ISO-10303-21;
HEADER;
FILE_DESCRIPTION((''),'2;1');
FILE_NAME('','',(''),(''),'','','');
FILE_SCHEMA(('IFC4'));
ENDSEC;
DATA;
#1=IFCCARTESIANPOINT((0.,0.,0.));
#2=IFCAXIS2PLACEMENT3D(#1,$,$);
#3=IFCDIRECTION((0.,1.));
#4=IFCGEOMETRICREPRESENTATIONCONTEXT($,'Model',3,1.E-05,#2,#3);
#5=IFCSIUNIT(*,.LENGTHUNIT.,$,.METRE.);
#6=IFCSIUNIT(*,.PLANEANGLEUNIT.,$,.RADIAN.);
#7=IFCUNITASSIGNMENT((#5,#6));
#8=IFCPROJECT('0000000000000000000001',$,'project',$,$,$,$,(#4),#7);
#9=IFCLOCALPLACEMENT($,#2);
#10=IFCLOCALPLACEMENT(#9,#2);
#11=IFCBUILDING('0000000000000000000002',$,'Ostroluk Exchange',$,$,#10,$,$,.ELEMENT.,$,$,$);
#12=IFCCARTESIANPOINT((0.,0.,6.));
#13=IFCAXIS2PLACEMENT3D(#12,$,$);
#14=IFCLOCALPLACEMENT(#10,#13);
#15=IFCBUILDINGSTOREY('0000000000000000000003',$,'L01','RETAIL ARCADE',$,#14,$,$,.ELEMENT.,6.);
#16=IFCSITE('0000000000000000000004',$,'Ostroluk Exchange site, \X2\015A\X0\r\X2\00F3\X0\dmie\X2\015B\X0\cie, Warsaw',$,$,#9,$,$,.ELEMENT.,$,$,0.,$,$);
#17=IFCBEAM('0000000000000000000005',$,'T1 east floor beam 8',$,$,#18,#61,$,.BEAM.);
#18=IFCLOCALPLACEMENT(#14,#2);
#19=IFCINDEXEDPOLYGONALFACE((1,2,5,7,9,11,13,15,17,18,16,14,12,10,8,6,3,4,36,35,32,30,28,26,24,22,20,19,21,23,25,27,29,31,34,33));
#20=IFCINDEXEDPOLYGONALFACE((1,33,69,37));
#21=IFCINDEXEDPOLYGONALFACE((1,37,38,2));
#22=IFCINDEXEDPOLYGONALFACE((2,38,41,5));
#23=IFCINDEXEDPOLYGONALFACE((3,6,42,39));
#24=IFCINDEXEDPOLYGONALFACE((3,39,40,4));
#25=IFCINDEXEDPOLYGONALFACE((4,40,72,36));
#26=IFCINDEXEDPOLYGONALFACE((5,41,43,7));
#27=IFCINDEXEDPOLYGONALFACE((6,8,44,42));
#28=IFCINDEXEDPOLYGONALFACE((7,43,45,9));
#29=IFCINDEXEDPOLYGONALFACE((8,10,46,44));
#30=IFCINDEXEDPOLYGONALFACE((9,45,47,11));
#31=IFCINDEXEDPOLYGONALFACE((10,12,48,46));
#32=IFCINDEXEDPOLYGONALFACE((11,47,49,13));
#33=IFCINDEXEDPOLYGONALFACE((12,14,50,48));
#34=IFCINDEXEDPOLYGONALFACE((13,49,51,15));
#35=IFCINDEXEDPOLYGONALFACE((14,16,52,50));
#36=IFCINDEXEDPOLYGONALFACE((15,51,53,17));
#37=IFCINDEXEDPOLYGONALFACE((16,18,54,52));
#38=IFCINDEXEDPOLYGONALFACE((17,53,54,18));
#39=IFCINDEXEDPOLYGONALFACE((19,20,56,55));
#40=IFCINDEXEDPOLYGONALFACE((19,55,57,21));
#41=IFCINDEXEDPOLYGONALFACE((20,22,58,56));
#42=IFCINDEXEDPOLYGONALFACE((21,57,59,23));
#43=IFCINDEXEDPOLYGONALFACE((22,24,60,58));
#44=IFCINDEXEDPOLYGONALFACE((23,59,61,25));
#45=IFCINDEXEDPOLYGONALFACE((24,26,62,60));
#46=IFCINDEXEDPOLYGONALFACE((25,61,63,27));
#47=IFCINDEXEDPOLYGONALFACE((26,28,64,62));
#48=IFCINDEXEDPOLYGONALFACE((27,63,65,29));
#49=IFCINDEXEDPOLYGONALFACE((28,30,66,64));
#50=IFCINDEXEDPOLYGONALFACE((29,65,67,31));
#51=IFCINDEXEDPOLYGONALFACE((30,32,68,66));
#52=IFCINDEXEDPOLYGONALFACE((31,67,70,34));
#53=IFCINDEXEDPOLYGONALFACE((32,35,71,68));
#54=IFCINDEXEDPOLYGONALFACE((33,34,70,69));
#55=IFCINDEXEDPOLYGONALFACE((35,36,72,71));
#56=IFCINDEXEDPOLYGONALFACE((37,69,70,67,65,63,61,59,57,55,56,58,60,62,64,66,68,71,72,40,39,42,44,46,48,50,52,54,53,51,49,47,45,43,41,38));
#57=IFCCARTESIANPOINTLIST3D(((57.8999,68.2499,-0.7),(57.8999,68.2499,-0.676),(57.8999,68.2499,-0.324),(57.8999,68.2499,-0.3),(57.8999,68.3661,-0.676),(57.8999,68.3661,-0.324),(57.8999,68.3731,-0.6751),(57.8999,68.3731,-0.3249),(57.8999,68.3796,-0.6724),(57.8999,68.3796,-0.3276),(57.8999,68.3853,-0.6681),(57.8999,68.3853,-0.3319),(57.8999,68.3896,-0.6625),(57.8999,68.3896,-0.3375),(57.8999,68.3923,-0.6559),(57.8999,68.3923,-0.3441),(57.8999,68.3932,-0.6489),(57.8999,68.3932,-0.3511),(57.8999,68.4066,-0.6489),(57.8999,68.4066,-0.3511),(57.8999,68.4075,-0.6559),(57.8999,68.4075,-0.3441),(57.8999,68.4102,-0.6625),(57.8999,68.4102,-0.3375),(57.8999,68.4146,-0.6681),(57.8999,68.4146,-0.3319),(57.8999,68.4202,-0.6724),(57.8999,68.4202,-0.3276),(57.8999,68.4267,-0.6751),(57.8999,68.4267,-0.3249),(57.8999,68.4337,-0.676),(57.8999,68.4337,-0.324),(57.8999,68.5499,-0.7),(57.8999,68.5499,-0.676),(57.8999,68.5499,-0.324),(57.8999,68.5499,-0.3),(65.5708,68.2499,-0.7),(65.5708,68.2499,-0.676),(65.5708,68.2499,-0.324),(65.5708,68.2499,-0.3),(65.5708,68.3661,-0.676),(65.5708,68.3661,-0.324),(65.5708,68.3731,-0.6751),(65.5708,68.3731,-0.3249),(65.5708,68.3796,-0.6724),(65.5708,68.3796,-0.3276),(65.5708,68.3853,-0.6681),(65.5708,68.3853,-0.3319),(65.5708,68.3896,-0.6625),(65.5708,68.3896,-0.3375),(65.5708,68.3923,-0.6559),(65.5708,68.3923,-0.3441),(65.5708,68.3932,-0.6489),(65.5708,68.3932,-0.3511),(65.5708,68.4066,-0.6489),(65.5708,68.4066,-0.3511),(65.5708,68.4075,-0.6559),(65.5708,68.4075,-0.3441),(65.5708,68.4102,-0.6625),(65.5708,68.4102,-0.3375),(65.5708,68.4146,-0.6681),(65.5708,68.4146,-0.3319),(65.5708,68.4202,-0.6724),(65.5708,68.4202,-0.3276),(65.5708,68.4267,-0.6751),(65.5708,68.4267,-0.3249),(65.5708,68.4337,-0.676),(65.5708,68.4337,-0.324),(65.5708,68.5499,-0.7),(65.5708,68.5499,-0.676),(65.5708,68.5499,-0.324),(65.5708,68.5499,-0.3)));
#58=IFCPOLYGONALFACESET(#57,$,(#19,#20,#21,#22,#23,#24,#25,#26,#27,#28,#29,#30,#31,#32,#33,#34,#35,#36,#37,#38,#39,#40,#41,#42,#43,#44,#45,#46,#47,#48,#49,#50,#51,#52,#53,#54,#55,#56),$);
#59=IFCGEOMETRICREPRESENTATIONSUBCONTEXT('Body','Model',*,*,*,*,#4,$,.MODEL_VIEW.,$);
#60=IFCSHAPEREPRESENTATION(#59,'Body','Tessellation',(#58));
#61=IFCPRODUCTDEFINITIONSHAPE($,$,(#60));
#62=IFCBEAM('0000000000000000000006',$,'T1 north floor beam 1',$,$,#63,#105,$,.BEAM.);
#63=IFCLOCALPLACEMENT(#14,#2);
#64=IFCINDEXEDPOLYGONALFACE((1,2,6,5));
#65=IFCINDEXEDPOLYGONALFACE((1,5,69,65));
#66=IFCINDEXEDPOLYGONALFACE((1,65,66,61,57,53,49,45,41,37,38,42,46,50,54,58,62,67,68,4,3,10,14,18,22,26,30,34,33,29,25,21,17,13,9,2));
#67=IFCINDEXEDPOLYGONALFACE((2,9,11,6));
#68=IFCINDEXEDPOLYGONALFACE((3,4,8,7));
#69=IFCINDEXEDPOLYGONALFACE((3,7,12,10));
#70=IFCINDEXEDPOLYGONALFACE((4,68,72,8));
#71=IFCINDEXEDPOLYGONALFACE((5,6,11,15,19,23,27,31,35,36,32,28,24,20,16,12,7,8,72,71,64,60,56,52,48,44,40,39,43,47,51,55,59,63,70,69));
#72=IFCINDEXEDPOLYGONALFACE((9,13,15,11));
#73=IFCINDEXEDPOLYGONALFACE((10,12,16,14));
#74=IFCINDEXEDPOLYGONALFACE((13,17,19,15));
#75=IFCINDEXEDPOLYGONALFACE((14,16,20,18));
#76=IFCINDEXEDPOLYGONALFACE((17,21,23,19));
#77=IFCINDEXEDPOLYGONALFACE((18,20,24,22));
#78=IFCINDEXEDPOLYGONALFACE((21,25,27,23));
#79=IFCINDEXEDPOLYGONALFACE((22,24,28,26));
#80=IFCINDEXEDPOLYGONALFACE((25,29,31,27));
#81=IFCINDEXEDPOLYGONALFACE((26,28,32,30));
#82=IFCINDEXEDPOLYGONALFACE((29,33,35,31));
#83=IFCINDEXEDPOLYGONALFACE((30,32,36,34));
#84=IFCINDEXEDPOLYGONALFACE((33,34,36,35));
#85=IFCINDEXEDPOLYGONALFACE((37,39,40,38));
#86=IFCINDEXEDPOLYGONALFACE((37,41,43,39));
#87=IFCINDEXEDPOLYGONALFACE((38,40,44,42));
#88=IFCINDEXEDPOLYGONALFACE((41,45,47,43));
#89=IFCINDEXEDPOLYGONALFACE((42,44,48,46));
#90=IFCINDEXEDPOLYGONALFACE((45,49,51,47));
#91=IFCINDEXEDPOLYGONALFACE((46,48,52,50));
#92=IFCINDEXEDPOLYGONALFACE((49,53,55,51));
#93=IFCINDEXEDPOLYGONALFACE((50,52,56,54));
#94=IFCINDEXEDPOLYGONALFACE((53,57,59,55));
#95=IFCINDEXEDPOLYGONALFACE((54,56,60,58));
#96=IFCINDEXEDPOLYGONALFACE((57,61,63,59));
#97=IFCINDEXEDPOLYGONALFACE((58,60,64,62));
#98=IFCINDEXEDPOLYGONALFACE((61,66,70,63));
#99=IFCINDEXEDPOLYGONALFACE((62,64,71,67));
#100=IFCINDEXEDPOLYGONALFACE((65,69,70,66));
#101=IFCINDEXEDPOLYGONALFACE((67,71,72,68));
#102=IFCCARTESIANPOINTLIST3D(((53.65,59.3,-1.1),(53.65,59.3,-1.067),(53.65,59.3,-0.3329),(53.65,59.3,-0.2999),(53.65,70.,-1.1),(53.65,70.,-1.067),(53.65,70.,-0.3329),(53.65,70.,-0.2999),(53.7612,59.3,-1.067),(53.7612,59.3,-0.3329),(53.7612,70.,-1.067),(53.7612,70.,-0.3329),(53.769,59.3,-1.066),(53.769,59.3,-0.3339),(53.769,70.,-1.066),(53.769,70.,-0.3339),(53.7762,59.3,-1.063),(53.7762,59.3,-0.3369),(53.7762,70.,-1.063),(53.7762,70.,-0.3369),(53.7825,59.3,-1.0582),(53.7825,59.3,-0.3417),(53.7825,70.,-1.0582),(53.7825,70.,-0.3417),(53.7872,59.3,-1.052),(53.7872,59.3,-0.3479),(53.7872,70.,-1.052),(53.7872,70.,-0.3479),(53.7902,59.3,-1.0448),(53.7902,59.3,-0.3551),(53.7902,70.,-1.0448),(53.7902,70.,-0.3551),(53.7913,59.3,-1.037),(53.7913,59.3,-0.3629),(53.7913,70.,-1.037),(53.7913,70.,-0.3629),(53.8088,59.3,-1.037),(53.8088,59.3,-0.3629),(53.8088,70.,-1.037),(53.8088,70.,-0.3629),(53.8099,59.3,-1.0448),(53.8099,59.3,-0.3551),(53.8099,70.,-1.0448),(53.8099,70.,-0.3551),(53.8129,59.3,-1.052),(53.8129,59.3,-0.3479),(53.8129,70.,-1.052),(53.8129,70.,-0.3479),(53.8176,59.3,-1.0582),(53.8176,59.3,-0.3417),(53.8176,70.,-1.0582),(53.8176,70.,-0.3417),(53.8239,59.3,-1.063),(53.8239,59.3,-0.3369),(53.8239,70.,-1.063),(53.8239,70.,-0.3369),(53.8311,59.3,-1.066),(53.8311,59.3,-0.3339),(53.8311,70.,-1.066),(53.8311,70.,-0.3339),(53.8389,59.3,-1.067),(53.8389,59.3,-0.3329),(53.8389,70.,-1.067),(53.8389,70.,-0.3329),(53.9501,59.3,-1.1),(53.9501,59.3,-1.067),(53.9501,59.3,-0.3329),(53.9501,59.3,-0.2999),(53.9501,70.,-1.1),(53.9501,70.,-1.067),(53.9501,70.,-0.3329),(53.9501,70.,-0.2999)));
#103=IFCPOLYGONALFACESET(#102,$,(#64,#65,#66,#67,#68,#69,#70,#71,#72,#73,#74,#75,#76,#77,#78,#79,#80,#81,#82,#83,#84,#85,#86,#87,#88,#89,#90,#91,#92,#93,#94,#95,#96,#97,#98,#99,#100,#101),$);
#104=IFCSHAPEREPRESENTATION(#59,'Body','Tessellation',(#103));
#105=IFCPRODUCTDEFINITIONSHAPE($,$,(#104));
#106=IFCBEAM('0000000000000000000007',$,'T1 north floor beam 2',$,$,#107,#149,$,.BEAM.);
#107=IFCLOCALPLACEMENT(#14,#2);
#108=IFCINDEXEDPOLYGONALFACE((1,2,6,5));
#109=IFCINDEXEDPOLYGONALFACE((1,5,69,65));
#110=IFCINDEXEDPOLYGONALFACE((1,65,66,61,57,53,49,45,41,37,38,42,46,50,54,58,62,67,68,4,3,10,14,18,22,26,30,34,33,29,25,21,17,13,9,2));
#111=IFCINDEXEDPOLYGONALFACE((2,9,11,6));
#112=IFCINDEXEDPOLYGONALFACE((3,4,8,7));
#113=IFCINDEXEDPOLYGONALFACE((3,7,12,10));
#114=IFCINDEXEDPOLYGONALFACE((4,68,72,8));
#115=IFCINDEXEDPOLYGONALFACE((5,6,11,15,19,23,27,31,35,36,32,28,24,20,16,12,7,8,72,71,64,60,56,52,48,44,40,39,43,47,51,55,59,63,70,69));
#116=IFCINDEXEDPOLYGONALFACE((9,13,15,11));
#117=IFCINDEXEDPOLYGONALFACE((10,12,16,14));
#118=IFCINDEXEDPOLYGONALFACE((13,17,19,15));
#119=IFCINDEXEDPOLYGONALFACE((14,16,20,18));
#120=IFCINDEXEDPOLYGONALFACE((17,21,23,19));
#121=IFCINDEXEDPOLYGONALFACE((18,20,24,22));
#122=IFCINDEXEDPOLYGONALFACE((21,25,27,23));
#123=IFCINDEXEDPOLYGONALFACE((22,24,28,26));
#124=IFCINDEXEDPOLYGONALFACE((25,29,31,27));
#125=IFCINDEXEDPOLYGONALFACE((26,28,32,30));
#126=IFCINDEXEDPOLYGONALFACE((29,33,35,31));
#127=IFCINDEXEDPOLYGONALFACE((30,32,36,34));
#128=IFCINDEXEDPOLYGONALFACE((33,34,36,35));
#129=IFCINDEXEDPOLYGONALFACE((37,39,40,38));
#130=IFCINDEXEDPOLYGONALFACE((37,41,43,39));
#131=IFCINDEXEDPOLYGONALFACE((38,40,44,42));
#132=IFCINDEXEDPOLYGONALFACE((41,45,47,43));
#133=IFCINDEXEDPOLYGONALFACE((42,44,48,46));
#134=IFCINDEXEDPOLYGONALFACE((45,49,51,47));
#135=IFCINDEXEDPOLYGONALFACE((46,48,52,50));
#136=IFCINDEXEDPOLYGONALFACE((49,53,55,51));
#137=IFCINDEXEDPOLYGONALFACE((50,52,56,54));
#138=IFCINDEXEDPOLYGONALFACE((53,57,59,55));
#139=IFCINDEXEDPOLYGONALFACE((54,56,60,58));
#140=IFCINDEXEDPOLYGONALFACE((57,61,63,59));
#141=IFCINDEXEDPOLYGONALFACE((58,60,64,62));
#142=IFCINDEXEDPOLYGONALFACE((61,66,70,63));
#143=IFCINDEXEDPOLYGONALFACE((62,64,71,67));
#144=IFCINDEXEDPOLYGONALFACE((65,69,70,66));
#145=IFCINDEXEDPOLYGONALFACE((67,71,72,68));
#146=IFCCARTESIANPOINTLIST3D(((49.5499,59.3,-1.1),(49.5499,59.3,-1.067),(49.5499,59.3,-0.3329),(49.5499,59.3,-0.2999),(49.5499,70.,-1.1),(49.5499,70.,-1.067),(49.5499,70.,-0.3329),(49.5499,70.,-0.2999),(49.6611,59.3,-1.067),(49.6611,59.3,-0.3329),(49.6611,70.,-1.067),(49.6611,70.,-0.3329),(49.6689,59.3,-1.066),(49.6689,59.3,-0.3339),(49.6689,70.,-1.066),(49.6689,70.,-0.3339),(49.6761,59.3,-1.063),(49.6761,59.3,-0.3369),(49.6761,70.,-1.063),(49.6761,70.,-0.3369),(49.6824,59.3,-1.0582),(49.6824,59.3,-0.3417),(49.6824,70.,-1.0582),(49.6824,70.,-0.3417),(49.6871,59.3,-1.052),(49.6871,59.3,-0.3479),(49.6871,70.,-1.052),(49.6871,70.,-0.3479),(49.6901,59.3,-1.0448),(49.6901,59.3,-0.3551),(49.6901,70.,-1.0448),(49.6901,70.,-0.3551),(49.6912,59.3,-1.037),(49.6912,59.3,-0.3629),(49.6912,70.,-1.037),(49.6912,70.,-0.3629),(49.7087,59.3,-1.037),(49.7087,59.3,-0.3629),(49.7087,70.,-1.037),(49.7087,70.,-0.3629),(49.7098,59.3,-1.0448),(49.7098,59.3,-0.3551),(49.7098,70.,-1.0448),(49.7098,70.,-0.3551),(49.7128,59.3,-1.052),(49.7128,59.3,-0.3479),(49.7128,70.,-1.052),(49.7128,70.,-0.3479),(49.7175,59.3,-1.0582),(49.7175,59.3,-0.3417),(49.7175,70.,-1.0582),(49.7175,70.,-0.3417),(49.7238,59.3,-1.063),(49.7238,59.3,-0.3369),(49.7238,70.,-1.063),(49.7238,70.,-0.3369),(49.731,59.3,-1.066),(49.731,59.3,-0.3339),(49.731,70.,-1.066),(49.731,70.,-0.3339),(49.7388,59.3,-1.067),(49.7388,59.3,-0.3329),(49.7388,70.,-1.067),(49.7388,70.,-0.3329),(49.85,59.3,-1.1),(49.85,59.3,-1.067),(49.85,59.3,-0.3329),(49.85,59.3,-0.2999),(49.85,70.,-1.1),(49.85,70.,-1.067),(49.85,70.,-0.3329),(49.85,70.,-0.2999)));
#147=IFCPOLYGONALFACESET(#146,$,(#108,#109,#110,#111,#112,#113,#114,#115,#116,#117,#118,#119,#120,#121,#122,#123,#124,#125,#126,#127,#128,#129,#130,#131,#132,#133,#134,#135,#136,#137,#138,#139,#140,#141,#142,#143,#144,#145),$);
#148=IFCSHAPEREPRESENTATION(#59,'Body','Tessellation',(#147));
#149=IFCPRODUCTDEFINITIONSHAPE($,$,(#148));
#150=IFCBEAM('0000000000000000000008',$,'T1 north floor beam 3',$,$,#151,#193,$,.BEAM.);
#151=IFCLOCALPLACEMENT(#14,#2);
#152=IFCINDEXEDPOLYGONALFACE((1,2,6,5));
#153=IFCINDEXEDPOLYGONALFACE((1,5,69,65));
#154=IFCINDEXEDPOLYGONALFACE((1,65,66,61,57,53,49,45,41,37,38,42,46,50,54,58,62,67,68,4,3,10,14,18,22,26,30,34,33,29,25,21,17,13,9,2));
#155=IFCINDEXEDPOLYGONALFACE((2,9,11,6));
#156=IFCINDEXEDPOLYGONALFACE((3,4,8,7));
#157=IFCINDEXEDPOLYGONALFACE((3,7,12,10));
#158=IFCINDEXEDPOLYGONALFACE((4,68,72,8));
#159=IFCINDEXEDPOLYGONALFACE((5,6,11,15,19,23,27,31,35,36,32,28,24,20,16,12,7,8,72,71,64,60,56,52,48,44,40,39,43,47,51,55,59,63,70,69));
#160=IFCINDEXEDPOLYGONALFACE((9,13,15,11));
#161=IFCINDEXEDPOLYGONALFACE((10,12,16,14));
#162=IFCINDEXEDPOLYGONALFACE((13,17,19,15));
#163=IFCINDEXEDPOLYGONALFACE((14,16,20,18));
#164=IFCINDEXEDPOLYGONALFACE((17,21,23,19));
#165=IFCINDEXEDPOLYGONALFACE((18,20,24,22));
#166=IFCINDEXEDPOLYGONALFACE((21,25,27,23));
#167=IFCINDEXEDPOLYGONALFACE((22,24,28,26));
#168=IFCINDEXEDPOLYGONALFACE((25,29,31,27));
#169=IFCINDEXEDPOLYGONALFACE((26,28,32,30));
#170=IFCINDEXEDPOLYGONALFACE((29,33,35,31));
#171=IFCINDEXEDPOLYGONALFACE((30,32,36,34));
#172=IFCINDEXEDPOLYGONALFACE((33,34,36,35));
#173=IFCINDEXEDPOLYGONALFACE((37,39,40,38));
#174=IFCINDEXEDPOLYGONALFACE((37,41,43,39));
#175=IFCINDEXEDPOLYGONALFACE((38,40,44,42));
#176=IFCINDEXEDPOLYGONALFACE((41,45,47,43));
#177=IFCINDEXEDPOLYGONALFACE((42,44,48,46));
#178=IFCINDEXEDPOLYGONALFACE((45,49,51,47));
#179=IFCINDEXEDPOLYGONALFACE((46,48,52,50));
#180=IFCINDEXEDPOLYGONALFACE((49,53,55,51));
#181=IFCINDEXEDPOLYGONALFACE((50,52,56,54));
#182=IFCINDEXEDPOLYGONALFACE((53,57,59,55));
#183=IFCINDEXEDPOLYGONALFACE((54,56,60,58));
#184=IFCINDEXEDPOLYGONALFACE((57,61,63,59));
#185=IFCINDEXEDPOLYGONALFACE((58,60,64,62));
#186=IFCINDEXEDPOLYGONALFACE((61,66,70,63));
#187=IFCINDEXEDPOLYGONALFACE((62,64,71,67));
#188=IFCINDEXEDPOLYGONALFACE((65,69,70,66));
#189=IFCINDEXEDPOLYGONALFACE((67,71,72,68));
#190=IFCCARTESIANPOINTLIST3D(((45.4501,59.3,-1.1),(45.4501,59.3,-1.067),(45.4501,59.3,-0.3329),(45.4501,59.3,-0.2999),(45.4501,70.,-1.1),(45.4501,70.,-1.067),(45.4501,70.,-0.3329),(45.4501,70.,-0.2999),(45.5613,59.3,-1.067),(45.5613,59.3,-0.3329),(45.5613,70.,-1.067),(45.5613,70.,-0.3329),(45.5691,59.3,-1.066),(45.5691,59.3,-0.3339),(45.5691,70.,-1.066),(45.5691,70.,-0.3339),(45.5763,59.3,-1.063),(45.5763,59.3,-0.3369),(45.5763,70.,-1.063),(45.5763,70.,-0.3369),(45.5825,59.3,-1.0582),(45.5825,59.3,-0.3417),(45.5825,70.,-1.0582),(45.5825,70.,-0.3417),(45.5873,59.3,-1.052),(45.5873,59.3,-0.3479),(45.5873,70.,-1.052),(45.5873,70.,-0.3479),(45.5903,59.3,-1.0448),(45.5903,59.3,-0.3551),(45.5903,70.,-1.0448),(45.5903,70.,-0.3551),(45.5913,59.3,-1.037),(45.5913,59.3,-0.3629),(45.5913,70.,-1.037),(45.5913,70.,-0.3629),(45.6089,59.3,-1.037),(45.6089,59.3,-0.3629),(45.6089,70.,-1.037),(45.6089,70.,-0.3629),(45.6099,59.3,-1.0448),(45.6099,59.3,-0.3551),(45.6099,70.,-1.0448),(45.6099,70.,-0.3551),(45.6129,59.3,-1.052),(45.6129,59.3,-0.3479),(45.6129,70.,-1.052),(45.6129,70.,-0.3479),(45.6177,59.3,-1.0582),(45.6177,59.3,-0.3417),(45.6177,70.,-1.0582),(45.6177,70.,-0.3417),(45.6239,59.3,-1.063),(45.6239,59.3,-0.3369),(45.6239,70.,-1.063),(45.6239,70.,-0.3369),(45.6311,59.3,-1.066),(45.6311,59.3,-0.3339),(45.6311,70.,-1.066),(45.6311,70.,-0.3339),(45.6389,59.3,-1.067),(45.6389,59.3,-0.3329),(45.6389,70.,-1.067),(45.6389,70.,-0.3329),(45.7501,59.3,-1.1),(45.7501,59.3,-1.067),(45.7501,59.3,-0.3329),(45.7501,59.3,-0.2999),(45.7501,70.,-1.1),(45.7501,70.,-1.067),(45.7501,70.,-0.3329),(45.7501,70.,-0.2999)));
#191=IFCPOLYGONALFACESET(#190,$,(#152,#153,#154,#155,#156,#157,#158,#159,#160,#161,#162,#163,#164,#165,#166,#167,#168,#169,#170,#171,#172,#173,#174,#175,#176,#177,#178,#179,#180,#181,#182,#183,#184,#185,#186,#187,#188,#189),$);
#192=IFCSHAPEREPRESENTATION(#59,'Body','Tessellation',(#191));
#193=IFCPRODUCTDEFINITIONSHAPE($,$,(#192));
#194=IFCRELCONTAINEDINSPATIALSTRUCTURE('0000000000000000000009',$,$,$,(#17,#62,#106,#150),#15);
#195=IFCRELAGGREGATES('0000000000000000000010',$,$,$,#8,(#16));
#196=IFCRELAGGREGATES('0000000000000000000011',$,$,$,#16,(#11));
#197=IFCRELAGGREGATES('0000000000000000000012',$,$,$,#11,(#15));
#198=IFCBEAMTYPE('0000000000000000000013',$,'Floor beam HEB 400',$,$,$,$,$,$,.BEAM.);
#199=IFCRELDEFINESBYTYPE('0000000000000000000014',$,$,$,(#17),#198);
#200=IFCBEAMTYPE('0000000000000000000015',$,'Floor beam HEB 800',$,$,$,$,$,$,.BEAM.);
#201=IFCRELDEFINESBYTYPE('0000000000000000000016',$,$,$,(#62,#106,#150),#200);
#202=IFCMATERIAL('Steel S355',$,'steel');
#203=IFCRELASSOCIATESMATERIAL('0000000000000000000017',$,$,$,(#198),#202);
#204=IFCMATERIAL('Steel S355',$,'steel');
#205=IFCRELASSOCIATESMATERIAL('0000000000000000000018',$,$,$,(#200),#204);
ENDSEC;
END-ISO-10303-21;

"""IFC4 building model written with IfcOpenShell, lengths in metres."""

from ifc_helpers import new_model, si_unit, direction, frame, origin, origin_2d, place, context, subcontext, project, spatial, i_section, extrude, material, material_profile, profile_set, type_object, element, save


model = new_model("IFC4")

# Units and contexts
model_context = context("Model", 3, precision=1e-05, world=origin(), true_north=direction((0.0, 1.0)))
body_context = subcontext(model_context, "Body", "Model", "MODEL_VIEW")
ifc_project = project(units=[si_unit("LENGTHUNIT", "METRE"), si_unit("PLANEANGLEUNIT", "RADIAN")], contexts=[model_context])

# Site, building, storey
site_placement = place(None, origin())
site = spatial("IfcSite", under=ifc_project, at=site_placement, Name="Ostroluk Exchange site, Śródmieście, Warsaw", CompositionType="ELEMENT", RefElevation=0.0)
building_placement = place(site_placement, origin())
building = spatial("IfcBuilding", under=site, at=building_placement, Name="Ostroluk Exchange", CompositionType="ELEMENT")
storey_placement = place(building_placement, frame((0.0, 0.0, 6.0)))
storey = spatial("IfcBuildingStorey", under=building, at=storey_placement, Name="L01", Description="RETAIL ARCADE", CompositionType="ELEMENT", Elevation=6.0)

# Beams
ifc_material_1 = material(Name="Steel S355", Category="steel")
ifc_material_profile_1 = material_profile(ifc_material_1, i_section(OverallWidth=0.3, OverallDepth=0.3999, WebThickness=0.0134, FlangeThickness=0.0239, FilletRadius=0.0271, at=origin_2d()), Name="HEB 400")
ifc_profile_set_1 = profile_set([ifc_material_profile_1], Name="Steel S355")
beam_type_1 = type_object("IfcBeamType", Name="Floor beam HEB 400", PredefinedType="BEAM", material=ifc_profile_set_1)
beam_1_placement = place(storey_placement, frame((57.8999, 68.3999, -0.5), z_axis=(1.0, 0.0, 0.0), x_axis=(0.0, 1.0, 0.0)))
element("IfcBeam", 1, at=beam_1_placement, inside=storey, type_object=beam_type_1, Name="T1 east floor beam 8", PredefinedType="BEAM", context=body_context, shape_type="SweptSolid", body=[
    extrude(i_section(OverallWidth=0.3, OverallDepth=0.3999, WebThickness=0.0134, FlangeThickness=0.0239, FilletRadius=0.0271, at=origin_2d()), origin(), (0.0, 0.0, 1.0), 7.6709),
])
ifc_material_2 = material(Name="Steel S355", Category="steel")
ifc_material_profile_2 = material_profile(ifc_material_2, i_section(OverallWidth=0.3, OverallDepth=0.8, WebThickness=0.0176, FlangeThickness=0.033, FilletRadius=0.03, at=origin_2d()), Name="HEB 800")
ifc_profile_set_2 = profile_set([ifc_material_profile_2], Name="Steel S355")
beam_type_2 = type_object("IfcBeamType", Name="Floor beam HEB 800", PredefinedType="BEAM", material=ifc_profile_set_2)
for number, where, z_axis, x_axis, name in (
    (2, (53.8, 59.3, -0.7), (0.0, 1.0, 0.0), (-1.0, 0.0, 0.0), "T1 north floor beam 1"),
    (3, (49.7, 59.3, -0.7), (0.0, 1.0, 0.0), (-1.0, 0.0, 0.0), "T1 north floor beam 2"),
    (4, (45.6001, 59.3, -0.7), (0.0, 1.0, 0.0), (-1.0, 0.0, 0.0), "T1 north floor beam 3"),
):
    element("IfcBeam", number, at=place(storey_placement, frame(where, z_axis=z_axis, x_axis=x_axis)), inside=storey, type_object=beam_type_2, Name=name, PredefinedType="BEAM", context=body_context, shape_type="SweptSolid", body=[
        extrude(i_section(OverallWidth=0.3, OverallDepth=0.8, WebThickness=0.0176, FlangeThickness=0.033, FilletRadius=0.03, at=origin_2d()), origin(), (0.0, 0.0, 1.0), 10.7),
    ])

save(model, "model.ifc")
